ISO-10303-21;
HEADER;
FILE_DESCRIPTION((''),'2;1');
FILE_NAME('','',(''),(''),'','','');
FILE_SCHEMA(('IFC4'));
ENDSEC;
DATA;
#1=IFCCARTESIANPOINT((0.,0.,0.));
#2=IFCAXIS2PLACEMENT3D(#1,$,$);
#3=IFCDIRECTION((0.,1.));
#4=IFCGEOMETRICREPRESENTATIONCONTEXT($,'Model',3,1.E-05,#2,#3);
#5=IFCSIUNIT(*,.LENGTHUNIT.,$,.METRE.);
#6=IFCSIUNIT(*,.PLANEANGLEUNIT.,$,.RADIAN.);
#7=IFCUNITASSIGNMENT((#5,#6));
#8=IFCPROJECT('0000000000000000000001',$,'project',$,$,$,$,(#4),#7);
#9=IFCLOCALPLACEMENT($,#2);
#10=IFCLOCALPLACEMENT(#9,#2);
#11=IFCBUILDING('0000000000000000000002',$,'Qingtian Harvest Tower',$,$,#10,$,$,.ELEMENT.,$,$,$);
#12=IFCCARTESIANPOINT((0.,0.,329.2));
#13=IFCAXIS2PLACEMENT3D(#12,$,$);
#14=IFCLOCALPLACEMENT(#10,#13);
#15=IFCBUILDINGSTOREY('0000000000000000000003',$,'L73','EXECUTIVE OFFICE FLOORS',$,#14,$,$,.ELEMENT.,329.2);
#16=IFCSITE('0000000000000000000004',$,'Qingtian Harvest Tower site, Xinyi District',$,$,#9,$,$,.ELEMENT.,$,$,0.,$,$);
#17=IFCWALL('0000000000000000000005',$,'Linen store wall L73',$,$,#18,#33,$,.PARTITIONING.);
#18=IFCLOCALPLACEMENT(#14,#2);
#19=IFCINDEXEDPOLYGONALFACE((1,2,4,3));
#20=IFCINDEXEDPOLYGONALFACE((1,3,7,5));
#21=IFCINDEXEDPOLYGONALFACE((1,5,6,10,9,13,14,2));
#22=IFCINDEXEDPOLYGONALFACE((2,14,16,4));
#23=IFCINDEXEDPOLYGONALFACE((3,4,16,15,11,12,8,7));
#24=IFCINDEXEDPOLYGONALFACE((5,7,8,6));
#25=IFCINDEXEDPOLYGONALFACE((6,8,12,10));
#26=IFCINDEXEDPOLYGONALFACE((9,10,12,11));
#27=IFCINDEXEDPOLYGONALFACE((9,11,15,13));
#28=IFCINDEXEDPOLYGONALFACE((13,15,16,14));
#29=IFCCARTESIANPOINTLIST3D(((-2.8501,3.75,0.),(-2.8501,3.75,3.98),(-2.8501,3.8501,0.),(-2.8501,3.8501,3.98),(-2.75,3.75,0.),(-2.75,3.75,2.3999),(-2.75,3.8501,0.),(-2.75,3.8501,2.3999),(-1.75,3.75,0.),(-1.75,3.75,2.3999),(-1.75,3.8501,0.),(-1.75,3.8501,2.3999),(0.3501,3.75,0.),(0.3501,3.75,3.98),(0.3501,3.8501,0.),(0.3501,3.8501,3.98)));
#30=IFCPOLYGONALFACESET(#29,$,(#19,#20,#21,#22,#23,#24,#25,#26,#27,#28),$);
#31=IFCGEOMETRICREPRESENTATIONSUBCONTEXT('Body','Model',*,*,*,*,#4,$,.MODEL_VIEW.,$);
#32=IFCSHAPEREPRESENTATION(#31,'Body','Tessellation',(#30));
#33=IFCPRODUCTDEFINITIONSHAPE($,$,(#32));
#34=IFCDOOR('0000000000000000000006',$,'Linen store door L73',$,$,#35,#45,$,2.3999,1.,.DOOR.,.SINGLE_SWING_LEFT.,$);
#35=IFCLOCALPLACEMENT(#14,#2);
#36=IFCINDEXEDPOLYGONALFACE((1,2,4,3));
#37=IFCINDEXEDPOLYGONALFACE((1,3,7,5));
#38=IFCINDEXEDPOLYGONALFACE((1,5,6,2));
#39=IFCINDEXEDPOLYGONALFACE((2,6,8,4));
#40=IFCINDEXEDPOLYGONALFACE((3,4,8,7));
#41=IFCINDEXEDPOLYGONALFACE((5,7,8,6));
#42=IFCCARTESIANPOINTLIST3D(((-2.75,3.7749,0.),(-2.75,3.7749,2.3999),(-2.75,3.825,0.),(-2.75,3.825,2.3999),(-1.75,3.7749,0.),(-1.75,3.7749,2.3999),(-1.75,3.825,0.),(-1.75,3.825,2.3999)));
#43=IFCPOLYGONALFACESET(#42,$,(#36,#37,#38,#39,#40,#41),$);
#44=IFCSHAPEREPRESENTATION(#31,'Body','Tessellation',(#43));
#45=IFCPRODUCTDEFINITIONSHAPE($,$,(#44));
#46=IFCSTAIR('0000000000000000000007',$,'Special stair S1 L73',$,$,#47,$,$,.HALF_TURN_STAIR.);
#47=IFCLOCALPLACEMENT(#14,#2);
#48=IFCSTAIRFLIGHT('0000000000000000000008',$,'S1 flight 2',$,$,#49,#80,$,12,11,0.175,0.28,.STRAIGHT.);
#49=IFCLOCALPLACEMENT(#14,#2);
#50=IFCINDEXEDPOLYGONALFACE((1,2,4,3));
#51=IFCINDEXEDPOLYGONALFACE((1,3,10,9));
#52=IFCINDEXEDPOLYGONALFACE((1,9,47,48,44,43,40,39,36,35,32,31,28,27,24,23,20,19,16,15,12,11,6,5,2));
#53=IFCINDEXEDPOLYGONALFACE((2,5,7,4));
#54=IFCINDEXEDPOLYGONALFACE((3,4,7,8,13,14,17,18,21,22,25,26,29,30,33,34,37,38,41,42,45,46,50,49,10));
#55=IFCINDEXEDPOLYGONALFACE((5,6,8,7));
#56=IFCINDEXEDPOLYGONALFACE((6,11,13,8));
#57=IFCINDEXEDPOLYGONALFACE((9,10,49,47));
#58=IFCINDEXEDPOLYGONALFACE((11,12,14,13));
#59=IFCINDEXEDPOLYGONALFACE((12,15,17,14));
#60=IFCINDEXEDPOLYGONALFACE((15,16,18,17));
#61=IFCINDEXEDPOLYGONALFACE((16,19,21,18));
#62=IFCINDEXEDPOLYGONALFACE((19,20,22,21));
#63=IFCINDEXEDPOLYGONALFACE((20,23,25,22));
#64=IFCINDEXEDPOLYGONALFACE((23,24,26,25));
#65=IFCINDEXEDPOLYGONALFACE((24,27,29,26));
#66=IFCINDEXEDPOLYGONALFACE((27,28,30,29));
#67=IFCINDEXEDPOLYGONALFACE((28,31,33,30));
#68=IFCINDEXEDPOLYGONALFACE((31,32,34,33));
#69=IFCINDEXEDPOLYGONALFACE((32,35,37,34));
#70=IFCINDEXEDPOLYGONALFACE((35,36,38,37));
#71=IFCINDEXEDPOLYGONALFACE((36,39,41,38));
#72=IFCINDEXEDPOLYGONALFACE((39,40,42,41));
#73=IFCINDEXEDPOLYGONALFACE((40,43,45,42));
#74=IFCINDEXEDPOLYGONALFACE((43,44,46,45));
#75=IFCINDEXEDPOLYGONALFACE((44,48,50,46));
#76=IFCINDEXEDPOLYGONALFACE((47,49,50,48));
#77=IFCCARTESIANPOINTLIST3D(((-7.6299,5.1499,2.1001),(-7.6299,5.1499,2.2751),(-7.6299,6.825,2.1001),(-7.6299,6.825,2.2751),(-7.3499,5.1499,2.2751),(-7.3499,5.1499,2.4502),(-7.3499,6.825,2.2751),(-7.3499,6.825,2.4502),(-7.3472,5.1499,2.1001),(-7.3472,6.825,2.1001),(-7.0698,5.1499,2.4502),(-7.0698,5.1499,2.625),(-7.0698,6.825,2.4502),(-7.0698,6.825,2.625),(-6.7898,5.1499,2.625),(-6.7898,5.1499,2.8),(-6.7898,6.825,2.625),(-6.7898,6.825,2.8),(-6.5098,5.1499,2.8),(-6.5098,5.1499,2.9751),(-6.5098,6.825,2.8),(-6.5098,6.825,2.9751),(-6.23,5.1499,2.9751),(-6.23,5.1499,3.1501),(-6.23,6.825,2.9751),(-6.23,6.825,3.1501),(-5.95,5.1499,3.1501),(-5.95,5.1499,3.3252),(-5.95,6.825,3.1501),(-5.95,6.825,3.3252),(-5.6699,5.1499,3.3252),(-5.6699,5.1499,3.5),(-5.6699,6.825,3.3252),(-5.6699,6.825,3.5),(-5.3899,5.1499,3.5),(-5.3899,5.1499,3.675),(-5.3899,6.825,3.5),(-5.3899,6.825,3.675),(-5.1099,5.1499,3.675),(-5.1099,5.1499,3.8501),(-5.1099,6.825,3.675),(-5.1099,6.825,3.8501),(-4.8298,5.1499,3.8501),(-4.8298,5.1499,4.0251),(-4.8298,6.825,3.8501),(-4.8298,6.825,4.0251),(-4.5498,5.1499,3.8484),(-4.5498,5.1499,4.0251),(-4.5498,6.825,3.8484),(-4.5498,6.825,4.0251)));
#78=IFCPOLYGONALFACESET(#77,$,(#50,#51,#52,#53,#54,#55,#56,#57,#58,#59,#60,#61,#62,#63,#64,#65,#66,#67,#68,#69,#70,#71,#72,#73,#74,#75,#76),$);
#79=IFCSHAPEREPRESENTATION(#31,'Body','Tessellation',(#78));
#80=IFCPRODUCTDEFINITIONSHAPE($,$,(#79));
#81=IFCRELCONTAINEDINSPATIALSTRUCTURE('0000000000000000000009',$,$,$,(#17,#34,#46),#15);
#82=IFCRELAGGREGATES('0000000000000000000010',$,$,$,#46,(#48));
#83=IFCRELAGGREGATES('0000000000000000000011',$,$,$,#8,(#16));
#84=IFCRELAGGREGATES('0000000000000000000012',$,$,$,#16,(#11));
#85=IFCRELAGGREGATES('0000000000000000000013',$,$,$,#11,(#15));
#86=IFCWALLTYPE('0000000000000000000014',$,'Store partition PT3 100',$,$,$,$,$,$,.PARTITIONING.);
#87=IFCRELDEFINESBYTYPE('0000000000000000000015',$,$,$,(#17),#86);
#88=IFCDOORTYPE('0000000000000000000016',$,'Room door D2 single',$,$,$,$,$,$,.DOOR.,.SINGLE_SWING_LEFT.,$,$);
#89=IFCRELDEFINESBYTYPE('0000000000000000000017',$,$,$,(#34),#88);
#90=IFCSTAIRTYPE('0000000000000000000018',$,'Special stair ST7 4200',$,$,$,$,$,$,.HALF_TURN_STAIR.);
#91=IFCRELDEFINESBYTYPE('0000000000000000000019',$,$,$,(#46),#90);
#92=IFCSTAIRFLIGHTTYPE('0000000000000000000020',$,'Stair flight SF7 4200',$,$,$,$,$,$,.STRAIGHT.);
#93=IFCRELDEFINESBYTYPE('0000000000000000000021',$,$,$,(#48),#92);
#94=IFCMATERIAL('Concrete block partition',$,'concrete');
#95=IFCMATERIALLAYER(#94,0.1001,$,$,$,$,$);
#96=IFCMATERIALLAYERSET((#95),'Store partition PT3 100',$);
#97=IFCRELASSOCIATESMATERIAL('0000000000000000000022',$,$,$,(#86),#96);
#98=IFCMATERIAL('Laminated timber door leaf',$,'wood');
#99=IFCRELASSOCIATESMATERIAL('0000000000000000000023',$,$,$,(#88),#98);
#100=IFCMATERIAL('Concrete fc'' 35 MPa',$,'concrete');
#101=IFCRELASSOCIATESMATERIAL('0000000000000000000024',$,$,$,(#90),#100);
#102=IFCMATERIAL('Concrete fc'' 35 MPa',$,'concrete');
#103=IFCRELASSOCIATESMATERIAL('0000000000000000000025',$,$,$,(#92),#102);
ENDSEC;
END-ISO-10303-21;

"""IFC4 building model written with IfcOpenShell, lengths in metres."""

from ifc_helpers import new_model, si_unit, direction, frame, frame_2d, origin, place, context, subcontext, project, spatial, polyline, rectangle, outline, extrude, material, layer, layer_set, type_object, element, fill, aggregate, save


model = new_model("IFC4")

# Units and contexts
model_context = context("Model", 3, precision=1e-05, world=origin(), true_north=direction((0.0, 1.0)))
body_context = subcontext(model_context, "Body", "Model", "MODEL_VIEW")
ifc_project = project(units=[si_unit("LENGTHUNIT", "METRE"), si_unit("PLANEANGLEUNIT", "RADIAN")], contexts=[model_context])

# Site, building, storey
site_placement = place(None, origin())
site = spatial("IfcSite", under=ifc_project, at=site_placement, Name="Qingtian Harvest Tower site, Xinyi District", CompositionType="ELEMENT", RefElevation=0.0)
building_placement = place(site_placement, origin())
building = spatial("IfcBuilding", under=site, at=building_placement, Name="Qingtian Harvest Tower", CompositionType="ELEMENT")
storey_placement = place(building_placement, frame((0.0, 0.0, 329.2)))
storey = spatial("IfcBuildingStorey", under=building, at=storey_placement, Name="L73", Description="EXECUTIVE OFFICE FLOORS", CompositionType="ELEMENT", Elevation=329.2)

# Wall, opening, door
ifc_material_1 = material(Name="Concrete block partition", Category="concrete")
ifc_layer_1 = layer(ifc_material_1, 0.1001)
ifc_layer_set_1 = layer_set([ifc_layer_1], Name="Store partition PT3 100")
wall_type_1 = type_object("IfcWallType", Name="Store partition PT3 100", PredefinedType="PARTITIONING", material=ifc_layer_set_1)
wall_1_placement = place(storey_placement, frame((-2.8501, 3.8, 0.0), z_axis=(0.0, 0.0, 1.0), x_axis=(1.0, 0.0, 0.0)))
wall_1 = element("IfcWall", 1, at=wall_1_placement, inside=storey, type_object=wall_type_1, Name="Linen store wall L73", PredefinedType="PARTITIONING", context=body_context, shape_type="SweptSolid", body=[
    extrude(rectangle(XDim=3.2002, YDim=0.1001, at=frame_2d((1.6001, 0.0))), origin(), (0.0, 0.0, 1.0), 3.98),
])
opening_1_placement = place(wall_1_placement, frame((0.1001, 0.0, 0.0)))
opening_1 = element("IfcOpeningElement", 2, at=opening_1_placement, cuts=wall_1, PredefinedType="OPENING", context=body_context, shape_type="SweptSolid", body=[
    extrude(rectangle(XDim=1.0, YDim=2.3999, at=frame_2d((0.5, 1.2))), frame((0.0, 0.0601, 0.0), z_axis=(0.0, -1.0, 0.0), x_axis=(1.0, 0.0, 0.0)), (0.0, 0.0, 1.0), 0.1201),
])
ifc_material_2 = material(Name="Laminated timber door leaf", Category="wood")
door_type_1 = type_object("IfcDoorType", Name="Room door D2 single", OperationType="SINGLE_SWING_LEFT", PredefinedType="DOOR", material=ifc_material_2)
door_1_placement = place(opening_1_placement, origin())
door_1 = element("IfcDoor", 3, at=door_1_placement, inside=storey, type_object=door_type_1, Name="Linen store door L73", OperationType="SINGLE_SWING_LEFT", OverallHeight=2.3999, OverallWidth=1.0, PredefinedType="DOOR", context=body_context, shape_type="SweptSolid", body=[
    extrude(rectangle(XDim=1.0, YDim=2.3999, at=frame_2d((0.5, 1.2))), frame((0.0, 0.0249, 0.0), z_axis=(0.0, -1.0, 0.0), x_axis=(1.0, 0.0, 0.0)), (0.0, 0.0, 1.0), 0.05),
])
fill(opening_1, door_1)

# Stair, stair flight
ifc_material_3 = material(Name="Concrete fc' 35 MPa", Category="concrete")
stair_type = type_object("IfcStairType", Name="Special stair ST7 4200", PredefinedType="HALF_TURN_STAIR", material=ifc_material_3)
stair_placement = place(storey_placement, origin())
stair = element("IfcStair", 4, at=stair_placement, inside=storey, type_object=stair_type, Name="Special stair S1 L73", PredefinedType="HALF_TURN_STAIR")
ifc_material_4 = material(Name="Concrete fc' 35 MPa", Category="concrete")
stair_flight_type = type_object("IfcStairFlightType", Name="Stair flight SF7 4200", PredefinedType="STRAIGHT", material=ifc_material_4)
stair_flight_placement = place(storey_placement, frame((-7.6299, 5.9875, 2.1001), z_axis=(0.0, 0.0, 1.0), x_axis=(1.0, 0.0, 0.0)))
stair_flight = element("IfcStairFlight", 5, at=stair_flight_placement, type_object=stair_flight_type, Name="S1 flight 2", NumberOfRisers=12, NumberOfTreads=11, PredefinedType="STRAIGHT", RiserHeight=0.175, TreadLength=0.28, context=body_context, shape_type="SweptSolid", body=[
    extrude(outline(polyline([(0.0, 0.0), (0.0, 0.175), (0.28, 0.175), (0.28, 0.3501), (0.5601, 0.3501), (0.5601, 0.5249), (0.8401, 0.5249), (0.8401, 0.7), (1.1201, 0.7), (1.1201, 0.875), (1.3999, 0.875), (1.3999, 1.05), (1.6799, 1.05), (1.6799, 1.2251), (1.96, 1.2251), (1.96, 1.3999), (2.24, 1.3999), (2.24, 1.575), (2.52, 1.575), (2.52, 1.75), (2.8, 1.75), (2.8, 1.925), (3.0801, 1.925), (3.0801, 2.1001), (3.0801, 1.7483), (0.2827, 0.0), (0.0, 0.0)])), frame((0.0, 0.8374, 0.0), z_axis=(0.0, -1.0, 0.0), x_axis=(1.0, 0.0, 0.0)), (0.0, 0.0, 1.0), 1.675),
])
aggregate(stair, [stair_flight])

save(model, "model.ifc")
